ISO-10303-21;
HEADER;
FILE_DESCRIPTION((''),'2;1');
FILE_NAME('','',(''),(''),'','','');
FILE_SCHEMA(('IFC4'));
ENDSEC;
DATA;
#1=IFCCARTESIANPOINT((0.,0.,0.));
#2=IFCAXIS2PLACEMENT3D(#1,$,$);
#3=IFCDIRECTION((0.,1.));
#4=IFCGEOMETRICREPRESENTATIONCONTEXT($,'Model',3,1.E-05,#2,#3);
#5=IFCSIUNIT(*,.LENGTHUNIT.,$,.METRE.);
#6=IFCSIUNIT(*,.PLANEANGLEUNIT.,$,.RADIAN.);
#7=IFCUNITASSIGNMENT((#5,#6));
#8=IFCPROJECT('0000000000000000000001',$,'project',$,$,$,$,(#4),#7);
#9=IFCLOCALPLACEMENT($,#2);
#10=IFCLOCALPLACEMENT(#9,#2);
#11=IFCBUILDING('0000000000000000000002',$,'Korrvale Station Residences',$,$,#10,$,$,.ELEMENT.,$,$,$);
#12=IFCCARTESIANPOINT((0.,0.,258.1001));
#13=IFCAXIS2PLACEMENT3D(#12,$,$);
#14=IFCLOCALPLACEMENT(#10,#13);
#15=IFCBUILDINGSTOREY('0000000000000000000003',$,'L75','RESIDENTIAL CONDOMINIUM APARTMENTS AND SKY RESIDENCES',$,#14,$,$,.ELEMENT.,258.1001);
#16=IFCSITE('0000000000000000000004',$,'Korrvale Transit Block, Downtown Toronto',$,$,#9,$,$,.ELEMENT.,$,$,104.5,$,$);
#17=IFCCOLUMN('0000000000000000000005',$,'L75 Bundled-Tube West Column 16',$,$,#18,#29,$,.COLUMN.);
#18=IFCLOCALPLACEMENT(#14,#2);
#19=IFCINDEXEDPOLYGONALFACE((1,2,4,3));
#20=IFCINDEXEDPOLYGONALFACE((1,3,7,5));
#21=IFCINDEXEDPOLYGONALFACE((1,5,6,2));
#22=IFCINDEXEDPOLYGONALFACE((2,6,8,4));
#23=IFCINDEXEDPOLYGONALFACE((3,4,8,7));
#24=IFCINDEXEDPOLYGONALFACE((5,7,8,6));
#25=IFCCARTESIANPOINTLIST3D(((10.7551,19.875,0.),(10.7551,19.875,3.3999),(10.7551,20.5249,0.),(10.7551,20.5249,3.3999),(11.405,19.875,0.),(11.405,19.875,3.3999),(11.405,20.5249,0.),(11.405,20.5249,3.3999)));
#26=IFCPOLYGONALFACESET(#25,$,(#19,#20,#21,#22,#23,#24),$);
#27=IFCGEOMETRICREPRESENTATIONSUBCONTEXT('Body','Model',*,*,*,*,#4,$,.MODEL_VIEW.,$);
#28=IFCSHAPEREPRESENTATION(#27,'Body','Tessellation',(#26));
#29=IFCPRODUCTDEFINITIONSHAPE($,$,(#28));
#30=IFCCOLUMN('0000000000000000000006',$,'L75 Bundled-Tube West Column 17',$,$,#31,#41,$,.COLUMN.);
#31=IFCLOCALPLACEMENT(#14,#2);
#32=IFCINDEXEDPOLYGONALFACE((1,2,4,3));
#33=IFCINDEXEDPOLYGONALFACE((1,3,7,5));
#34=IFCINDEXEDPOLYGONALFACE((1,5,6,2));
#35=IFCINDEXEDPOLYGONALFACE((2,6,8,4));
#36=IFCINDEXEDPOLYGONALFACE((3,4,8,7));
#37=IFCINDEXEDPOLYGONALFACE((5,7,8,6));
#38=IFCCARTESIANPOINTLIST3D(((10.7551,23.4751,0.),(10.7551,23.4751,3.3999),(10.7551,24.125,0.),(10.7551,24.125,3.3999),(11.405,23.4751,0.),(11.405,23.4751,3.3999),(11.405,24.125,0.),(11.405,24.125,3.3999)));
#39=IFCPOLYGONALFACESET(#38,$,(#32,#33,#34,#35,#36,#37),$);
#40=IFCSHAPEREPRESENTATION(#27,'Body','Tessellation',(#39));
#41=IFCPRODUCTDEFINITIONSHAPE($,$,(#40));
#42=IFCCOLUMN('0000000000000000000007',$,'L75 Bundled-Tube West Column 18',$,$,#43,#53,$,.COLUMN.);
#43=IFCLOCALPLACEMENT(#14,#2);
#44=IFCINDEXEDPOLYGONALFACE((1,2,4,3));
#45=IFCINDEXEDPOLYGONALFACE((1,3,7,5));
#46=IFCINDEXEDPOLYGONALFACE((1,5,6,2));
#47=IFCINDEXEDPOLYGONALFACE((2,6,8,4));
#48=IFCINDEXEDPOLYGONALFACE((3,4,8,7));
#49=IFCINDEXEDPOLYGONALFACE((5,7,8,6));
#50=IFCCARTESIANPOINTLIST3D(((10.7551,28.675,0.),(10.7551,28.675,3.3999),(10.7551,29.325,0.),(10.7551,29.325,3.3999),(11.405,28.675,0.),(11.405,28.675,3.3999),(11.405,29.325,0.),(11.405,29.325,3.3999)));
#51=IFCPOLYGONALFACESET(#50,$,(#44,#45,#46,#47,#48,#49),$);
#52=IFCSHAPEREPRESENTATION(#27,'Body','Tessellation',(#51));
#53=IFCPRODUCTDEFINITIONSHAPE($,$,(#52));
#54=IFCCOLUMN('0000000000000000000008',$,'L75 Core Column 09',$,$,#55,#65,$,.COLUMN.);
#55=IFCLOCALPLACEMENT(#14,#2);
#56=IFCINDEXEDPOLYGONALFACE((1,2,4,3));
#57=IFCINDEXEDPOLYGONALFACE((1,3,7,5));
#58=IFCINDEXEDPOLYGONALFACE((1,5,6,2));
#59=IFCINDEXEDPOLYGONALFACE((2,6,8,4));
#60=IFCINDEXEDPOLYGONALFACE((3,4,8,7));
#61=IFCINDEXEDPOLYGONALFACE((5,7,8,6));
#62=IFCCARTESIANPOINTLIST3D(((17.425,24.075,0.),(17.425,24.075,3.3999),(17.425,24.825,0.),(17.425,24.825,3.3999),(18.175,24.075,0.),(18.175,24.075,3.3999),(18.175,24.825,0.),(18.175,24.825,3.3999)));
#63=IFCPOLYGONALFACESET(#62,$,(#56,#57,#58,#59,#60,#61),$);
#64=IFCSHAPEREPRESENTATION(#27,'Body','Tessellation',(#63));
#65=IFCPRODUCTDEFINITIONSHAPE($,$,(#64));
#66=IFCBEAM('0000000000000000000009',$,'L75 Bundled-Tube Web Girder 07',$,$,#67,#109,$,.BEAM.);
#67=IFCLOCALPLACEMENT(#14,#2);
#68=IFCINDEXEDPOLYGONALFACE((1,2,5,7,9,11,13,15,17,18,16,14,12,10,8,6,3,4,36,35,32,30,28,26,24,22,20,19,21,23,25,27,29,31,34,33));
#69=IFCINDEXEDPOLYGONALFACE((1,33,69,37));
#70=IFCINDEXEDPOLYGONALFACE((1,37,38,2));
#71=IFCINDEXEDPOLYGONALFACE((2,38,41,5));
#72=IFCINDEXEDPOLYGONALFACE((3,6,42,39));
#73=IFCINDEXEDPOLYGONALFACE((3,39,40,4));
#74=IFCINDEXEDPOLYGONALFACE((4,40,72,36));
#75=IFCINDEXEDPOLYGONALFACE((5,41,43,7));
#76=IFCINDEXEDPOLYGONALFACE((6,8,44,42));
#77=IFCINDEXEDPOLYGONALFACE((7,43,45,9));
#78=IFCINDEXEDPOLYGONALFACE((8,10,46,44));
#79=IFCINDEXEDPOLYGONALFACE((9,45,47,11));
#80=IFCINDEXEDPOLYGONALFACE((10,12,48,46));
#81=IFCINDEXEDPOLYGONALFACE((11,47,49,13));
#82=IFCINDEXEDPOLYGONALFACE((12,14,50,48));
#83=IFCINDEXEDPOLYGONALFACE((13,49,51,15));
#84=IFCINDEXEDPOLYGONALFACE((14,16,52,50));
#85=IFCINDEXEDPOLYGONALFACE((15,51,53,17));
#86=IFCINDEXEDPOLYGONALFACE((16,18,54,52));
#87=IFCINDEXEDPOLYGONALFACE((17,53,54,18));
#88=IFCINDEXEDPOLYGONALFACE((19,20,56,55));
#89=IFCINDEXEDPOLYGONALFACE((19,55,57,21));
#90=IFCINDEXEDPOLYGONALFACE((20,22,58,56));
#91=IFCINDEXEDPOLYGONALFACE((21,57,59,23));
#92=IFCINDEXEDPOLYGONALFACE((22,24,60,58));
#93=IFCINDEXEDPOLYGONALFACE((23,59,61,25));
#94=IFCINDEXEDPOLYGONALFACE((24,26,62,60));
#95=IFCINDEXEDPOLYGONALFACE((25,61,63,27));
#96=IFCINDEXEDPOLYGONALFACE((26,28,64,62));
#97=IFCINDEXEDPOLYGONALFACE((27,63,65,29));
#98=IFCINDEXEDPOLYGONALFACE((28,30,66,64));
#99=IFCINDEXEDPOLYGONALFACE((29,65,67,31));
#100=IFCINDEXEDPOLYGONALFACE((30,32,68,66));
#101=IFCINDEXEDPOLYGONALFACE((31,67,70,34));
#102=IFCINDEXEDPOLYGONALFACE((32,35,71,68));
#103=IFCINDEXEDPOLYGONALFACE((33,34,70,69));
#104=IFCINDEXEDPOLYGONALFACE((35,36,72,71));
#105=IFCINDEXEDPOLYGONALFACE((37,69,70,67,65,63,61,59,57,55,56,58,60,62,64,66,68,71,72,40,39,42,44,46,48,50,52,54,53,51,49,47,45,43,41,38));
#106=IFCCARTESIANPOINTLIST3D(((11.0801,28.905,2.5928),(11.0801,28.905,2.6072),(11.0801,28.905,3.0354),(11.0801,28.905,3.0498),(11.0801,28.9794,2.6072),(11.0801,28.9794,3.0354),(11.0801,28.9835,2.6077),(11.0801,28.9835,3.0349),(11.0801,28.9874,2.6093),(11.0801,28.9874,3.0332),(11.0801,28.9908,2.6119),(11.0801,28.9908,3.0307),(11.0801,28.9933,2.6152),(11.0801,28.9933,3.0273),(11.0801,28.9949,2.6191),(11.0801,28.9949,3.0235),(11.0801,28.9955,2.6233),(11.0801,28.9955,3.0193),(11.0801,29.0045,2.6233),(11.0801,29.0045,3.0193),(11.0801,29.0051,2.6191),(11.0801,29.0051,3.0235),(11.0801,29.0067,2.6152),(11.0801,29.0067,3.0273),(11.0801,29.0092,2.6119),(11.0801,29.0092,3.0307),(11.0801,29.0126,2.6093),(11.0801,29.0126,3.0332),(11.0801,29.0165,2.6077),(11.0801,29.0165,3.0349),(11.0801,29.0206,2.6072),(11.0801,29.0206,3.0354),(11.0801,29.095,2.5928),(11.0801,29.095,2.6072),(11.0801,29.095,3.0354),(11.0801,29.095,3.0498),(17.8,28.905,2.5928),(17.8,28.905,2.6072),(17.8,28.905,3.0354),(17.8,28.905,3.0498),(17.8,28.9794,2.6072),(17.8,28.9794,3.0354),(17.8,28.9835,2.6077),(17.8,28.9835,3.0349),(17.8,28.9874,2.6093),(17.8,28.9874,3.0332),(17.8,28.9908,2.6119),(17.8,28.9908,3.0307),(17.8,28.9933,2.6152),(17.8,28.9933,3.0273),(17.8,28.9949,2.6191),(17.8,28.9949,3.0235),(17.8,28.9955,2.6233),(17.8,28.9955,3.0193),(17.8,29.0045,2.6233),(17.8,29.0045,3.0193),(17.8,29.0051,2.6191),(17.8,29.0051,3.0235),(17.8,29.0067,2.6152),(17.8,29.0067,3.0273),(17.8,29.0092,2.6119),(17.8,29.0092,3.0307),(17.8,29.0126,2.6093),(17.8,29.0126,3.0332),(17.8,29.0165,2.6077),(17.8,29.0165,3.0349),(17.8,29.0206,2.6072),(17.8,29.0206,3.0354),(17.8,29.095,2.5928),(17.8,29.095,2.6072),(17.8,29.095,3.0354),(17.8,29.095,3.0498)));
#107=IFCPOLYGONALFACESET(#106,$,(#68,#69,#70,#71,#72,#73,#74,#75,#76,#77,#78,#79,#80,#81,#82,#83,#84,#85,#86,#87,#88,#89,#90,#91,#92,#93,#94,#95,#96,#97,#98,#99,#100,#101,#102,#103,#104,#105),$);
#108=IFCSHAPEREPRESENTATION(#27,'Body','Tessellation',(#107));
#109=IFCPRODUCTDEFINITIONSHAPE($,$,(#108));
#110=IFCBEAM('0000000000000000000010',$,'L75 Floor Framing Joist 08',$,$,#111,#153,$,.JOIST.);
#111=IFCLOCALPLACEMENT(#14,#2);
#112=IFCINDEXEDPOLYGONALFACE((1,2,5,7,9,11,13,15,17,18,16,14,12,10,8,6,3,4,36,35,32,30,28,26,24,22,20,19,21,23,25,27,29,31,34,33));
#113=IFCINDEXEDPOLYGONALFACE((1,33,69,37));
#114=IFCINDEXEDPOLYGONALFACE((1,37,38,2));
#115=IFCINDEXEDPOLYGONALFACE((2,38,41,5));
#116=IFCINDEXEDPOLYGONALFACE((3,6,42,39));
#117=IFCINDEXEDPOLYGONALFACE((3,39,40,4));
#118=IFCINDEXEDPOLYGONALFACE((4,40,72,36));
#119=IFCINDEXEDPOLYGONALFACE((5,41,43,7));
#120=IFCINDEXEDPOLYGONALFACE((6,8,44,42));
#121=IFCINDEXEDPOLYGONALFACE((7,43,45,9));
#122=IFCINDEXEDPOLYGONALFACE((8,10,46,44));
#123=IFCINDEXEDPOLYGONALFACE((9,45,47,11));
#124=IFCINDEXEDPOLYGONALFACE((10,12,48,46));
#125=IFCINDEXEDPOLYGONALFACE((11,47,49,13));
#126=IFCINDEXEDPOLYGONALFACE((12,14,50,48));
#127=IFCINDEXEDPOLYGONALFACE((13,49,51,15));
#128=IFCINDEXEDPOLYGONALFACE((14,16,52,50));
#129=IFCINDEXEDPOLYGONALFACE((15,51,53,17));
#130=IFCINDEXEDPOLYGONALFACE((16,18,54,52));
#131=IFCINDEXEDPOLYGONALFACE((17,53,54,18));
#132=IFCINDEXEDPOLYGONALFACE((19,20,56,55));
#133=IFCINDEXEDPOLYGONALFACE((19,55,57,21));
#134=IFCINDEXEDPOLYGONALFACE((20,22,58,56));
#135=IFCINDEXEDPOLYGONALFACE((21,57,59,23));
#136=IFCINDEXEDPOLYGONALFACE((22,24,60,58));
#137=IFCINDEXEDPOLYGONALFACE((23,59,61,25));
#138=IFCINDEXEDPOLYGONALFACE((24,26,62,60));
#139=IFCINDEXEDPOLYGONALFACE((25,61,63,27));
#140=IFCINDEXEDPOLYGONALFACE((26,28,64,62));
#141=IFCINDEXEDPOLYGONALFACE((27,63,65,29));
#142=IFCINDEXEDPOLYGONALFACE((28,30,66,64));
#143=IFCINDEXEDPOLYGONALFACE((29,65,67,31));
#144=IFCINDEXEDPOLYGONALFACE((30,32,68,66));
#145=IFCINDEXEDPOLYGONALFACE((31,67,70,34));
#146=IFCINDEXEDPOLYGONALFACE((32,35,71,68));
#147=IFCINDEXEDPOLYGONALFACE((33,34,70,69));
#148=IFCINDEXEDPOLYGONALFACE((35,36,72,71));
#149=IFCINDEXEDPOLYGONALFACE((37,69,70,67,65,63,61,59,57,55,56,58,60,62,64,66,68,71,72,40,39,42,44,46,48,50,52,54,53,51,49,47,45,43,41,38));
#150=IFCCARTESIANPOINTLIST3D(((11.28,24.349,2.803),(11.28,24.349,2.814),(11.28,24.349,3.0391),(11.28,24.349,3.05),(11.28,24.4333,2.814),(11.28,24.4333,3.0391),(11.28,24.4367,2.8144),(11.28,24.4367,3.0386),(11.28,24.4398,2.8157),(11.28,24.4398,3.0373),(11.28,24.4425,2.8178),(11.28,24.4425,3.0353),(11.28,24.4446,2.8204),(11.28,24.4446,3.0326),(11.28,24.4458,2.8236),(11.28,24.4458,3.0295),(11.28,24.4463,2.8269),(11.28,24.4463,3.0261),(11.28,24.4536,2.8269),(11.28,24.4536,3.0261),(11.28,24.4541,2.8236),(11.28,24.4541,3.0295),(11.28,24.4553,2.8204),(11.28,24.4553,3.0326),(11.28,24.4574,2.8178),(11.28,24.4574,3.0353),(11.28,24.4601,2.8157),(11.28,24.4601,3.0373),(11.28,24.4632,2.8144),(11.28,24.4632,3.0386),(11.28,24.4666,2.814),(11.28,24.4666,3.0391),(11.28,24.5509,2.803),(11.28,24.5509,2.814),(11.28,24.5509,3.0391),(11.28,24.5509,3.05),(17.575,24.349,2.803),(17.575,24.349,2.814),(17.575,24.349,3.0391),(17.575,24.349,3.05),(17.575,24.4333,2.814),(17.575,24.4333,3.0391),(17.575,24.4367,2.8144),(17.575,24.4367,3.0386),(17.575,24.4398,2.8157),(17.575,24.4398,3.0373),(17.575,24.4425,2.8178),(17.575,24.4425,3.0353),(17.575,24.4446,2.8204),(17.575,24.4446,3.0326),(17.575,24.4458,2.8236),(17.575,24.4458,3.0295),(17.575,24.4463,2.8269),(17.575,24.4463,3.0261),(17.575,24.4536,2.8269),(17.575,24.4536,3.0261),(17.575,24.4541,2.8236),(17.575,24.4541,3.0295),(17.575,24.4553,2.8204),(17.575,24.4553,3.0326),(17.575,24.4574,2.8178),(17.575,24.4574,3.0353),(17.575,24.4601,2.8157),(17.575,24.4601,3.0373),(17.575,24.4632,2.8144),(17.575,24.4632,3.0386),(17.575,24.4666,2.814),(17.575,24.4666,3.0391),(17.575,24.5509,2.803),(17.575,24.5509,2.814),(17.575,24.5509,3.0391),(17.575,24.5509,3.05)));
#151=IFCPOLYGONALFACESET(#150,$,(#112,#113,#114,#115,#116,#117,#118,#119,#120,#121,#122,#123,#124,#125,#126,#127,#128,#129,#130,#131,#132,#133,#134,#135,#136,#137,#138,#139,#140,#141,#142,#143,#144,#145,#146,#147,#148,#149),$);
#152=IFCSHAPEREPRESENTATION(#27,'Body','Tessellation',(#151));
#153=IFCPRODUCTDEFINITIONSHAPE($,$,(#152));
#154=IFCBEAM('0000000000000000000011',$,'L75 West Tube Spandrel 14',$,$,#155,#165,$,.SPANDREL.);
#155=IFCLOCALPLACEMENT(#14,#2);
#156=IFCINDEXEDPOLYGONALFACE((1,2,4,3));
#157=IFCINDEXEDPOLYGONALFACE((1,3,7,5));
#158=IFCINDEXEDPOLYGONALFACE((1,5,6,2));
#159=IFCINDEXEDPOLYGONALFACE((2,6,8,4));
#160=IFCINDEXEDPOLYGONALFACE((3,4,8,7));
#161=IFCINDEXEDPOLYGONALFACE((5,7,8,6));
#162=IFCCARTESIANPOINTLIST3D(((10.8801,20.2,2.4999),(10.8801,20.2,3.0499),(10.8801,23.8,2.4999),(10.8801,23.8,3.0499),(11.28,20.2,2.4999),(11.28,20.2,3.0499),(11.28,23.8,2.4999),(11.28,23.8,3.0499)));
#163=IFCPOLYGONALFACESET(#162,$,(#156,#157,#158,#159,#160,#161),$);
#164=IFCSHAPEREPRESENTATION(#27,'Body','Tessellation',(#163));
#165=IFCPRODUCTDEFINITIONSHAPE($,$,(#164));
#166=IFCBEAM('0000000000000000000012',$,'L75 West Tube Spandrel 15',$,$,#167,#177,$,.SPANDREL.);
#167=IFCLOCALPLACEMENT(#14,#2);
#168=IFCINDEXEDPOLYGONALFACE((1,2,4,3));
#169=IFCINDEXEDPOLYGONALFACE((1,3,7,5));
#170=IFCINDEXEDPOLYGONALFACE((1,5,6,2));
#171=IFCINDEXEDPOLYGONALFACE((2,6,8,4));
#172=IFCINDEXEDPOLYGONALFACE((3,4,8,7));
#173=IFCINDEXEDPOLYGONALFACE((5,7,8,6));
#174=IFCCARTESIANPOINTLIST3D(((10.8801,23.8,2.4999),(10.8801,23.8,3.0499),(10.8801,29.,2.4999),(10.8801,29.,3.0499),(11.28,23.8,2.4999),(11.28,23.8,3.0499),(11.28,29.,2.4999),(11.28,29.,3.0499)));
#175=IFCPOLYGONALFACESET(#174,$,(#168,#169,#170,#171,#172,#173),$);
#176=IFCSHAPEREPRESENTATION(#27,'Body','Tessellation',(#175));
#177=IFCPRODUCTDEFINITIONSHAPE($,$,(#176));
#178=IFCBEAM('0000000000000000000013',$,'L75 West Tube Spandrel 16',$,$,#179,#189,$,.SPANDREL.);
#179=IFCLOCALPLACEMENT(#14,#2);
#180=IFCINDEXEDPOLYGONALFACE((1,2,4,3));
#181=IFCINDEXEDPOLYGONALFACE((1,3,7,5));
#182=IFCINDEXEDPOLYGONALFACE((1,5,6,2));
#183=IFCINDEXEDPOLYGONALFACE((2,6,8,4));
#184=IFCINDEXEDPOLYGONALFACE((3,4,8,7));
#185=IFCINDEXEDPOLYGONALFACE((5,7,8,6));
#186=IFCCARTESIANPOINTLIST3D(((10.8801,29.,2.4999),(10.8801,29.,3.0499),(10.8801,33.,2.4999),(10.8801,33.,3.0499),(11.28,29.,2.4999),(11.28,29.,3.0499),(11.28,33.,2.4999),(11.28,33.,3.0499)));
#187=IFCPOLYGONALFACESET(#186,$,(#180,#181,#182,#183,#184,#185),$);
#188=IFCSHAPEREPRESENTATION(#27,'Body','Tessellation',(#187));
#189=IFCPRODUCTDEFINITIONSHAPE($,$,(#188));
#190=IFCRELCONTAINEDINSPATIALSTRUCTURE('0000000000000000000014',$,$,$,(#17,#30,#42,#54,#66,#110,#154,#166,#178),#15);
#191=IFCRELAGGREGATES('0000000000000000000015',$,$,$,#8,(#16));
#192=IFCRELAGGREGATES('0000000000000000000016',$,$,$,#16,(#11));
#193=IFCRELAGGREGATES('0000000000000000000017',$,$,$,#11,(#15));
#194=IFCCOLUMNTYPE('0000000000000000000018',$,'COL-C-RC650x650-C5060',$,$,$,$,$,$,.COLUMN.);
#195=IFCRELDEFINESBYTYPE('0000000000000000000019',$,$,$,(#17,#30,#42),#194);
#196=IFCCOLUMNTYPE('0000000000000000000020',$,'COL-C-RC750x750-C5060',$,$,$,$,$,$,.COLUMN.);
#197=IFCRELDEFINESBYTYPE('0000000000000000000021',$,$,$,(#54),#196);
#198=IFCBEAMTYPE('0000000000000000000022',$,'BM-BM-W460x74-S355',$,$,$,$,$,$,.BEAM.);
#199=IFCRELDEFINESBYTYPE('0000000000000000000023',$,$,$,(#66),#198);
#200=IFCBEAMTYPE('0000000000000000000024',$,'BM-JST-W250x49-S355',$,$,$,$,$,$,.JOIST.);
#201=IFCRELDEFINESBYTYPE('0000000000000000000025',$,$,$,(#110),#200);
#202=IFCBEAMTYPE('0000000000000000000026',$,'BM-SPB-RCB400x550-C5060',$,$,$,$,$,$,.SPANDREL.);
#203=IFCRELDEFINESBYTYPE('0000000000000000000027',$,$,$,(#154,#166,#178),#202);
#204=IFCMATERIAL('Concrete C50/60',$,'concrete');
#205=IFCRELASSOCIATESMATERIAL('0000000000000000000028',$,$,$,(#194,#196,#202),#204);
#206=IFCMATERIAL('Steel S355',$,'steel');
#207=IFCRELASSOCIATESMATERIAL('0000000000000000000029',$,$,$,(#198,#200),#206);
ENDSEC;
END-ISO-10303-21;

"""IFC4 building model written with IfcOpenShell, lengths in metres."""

from ifc_helpers import new_model, si_unit, direction, frame, origin, origin_2d, place, context, subcontext, project, spatial, rectangle, i_section, extrude, material, material_profile, profile_set, type_object, element, save


model = new_model("IFC4")

# Units and contexts
model_context = context("Model", 3, precision=1e-05, world=origin(), true_north=direction((0.0, 1.0)))
body_context = subcontext(model_context, "Body", "Model", "MODEL_VIEW")
ifc_project = project(units=[si_unit("LENGTHUNIT", "METRE"), si_unit("PLANEANGLEUNIT", "RADIAN")], contexts=[model_context])

# Site, building, storey
site_placement = place(None, origin())
site = spatial("IfcSite", under=ifc_project, at=site_placement, Name="Korrvale Transit Block, Downtown Toronto", CompositionType="ELEMENT", RefElevation=104.5)
building_placement = place(site_placement, origin())
building = spatial("IfcBuilding", under=site, at=building_placement, Name="Korrvale Station Residences", CompositionType="ELEMENT")
storey_placement = place(building_placement, frame((0.0, 0.0, 258.1001)))
storey = spatial("IfcBuildingStorey", under=building, at=storey_placement, Name="L75", Description="RESIDENTIAL CONDOMINIUM APARTMENTS AND SKY RESIDENCES", CompositionType="ELEMENT", Elevation=258.1001)

# Columns
ifc_material_1 = material(Name="Concrete C50/60", Category="concrete")
ifc_material_profile_1 = material_profile(ifc_material_1, rectangle(XDim=0.6499, YDim=0.6499, at=origin_2d()), Name="RC650x650")
ifc_profile_set_1 = profile_set([ifc_material_profile_1], Name="Concrete C50/60")
column_type_1 = type_object("IfcColumnType", Name="COL-C-RC650x650-C5060", PredefinedType="COLUMN", material=ifc_profile_set_1)
for number, where, z_axis, x_axis, name in (
    (1, (11.0801, 20.2, 0.0), (0.0, 0.0, 1.0), (1.0, 0.0, 0.0), "L75 Bundled-Tube West Column 16"),
    (2, (11.0801, 23.8, 0.0), (0.0, 0.0, 1.0), (1.0, 0.0, 0.0), "L75 Bundled-Tube West Column 17"),
    (3, (11.0801, 29.0, 0.0), (0.0, 0.0, 1.0), (1.0, 0.0, 0.0), "L75 Bundled-Tube West Column 18"),
):
    element("IfcColumn", number, at=place(storey_placement, frame(where, z_axis=z_axis, x_axis=x_axis)), inside=storey, type_object=column_type_1, Name=name, PredefinedType="COLUMN", context=body_context, shape_type="SweptSolid", body=[
        extrude(rectangle(XDim=0.6499, YDim=0.6499, at=origin_2d()), origin(), (0.0, 0.0, 1.0), 3.3999),
    ])
ifc_material_profile_2 = material_profile(ifc_material_1, rectangle(XDim=0.75, YDim=0.75, at=origin_2d()), Name="RC750x750")
ifc_profile_set_2 = profile_set([ifc_material_profile_2], Name="Concrete C50/60")
column_type_2 = type_object("IfcColumnType", Name="COL-C-RC750x750-C5060", PredefinedType="COLUMN", material=ifc_profile_set_2)
column_placement = place(storey_placement, frame((17.8, 24.45, 0.0), z_axis=(0.0, 0.0, 1.0), x_axis=(1.0, 0.0, 0.0)))
element("IfcColumn", 4, at=column_placement, inside=storey, type_object=column_type_2, Name="L75 Core Column 09", PredefinedType="COLUMN", context=body_context, shape_type="SweptSolid", body=[
    extrude(rectangle(XDim=0.75, YDim=0.75, at=origin_2d()), origin(), (0.0, 0.0, 1.0), 3.3999),
])

# Beams
ifc_material_2 = material(Name="Steel S355", Category="steel")
ifc_material_profile_3 = material_profile(ifc_material_2, i_section(OverallWidth=0.1899, OverallDepth=0.457, WebThickness=0.009, FlangeThickness=0.0144, FilletRadius=0.0161, at=origin_2d()), Name="W460x74")
ifc_profile_set_3 = profile_set([ifc_material_profile_3], Name="Steel S355")
beam_type_1 = type_object("IfcBeamType", Name="BM-BM-W460x74-S355", PredefinedType="BEAM", material=ifc_profile_set_3)
beam_1_placement = place(storey_placement, frame((11.0801, 29.0, 2.8213), z_axis=(1.0, 0.0, 0.0), x_axis=(0.0, 1.0, 0.0)))
element("IfcBeam", 5, at=beam_1_placement, inside=storey, type_object=beam_type_1, Name="L75 Bundled-Tube Web Girder 07", PredefinedType="BEAM", context=body_context, shape_type="SweptSolid", body=[
    extrude(i_section(OverallWidth=0.1899, OverallDepth=0.457, WebThickness=0.009, FlangeThickness=0.0144, FilletRadius=0.0161, at=origin_2d()), origin(), (0.0, 0.0, 1.0), 6.72),
])
ifc_material_profile_4 = material_profile(ifc_material_2, i_section(OverallWidth=0.2019, OverallDepth=0.2471, WebThickness=0.0073, FlangeThickness=0.011, FilletRadius=0.0129, at=origin_2d()), Name="W250x49")
ifc_profile_set_4 = profile_set([ifc_material_profile_4], Name="Steel S355")
beam_type_2 = type_object("IfcBeamType", Name="BM-JST-W250x49-S355", PredefinedType="JOIST", material=ifc_profile_set_4)
beam_2_placement = place(storey_placement, frame((11.28, 24.45, 2.9265), z_axis=(1.0, 0.0, 0.0), x_axis=(0.0, 1.0, 0.0)))
element("IfcBeam", 6, at=beam_2_placement, inside=storey, type_object=beam_type_2, Name="L75 Floor Framing Joist 08", PredefinedType="JOIST", context=body_context, shape_type="SweptSolid", body=[
    extrude(i_section(OverallWidth=0.2019, OverallDepth=0.2471, WebThickness=0.0073, FlangeThickness=0.011, FilletRadius=0.0129, at=origin_2d()), origin(), (0.0, 0.0, 1.0), 6.2949),
])
ifc_material_profile_5 = material_profile(ifc_material_1, rectangle(XDim=0.3999, YDim=0.55, at=origin_2d()), Name="RCB400x550")
ifc_profile_set_5 = profile_set([ifc_material_profile_5], Name="Concrete C50/60")
beam_type_3 = type_object("IfcBeamType", Name="BM-SPB-RCB400x550-C5060", PredefinedType="SPANDREL", material=ifc_profile_set_5)
beam_3_placement = place(storey_placement, frame((11.0801, 20.2, 2.7749), z_axis=(0.0, 1.0, 0.0), x_axis=(-1.0, 0.0, 0.0)))
element("IfcBeam", 7, at=beam_3_placement, inside=storey, type_object=beam_type_3, Name="L75 West Tube Spandrel 14", PredefinedType="SPANDREL", context=body_context, shape_type="SweptSolid", body=[
    extrude(rectangle(XDim=0.3999, YDim=0.55, at=origin_2d()), origin(), (0.0, 0.0, 1.0), 3.6001),
])
beam_4_placement = place(storey_placement, frame((11.0801, 23.8, 2.7749), z_axis=(0.0, 1.0, 0.0), x_axis=(-1.0, 0.0, 0.0)))
element("IfcBeam", 8, at=beam_4_placement, inside=storey, type_object=beam_type_3, Name="L75 West Tube Spandrel 15", PredefinedType="SPANDREL", context=body_context, shape_type="SweptSolid", body=[
    extrude(rectangle(XDim=0.3999, YDim=0.55, at=origin_2d()), origin(), (0.0, 0.0, 1.0), 5.2),
])
beam_5_placement = place(storey_placement, frame((11.0801, 29.0, 2.7749), z_axis=(0.0, 1.0, 0.0), x_axis=(-1.0, 0.0, 0.0)))
element("IfcBeam", 9, at=beam_5_placement, inside=storey, type_object=beam_type_3, Name="L75 West Tube Spandrel 16", PredefinedType="SPANDREL", context=body_context, shape_type="SweptSolid", body=[
    extrude(rectangle(XDim=0.3999, YDim=0.55, at=origin_2d()), origin(), (0.0, 0.0, 1.0), 4.0),
])

save(model, "model.ifc")
